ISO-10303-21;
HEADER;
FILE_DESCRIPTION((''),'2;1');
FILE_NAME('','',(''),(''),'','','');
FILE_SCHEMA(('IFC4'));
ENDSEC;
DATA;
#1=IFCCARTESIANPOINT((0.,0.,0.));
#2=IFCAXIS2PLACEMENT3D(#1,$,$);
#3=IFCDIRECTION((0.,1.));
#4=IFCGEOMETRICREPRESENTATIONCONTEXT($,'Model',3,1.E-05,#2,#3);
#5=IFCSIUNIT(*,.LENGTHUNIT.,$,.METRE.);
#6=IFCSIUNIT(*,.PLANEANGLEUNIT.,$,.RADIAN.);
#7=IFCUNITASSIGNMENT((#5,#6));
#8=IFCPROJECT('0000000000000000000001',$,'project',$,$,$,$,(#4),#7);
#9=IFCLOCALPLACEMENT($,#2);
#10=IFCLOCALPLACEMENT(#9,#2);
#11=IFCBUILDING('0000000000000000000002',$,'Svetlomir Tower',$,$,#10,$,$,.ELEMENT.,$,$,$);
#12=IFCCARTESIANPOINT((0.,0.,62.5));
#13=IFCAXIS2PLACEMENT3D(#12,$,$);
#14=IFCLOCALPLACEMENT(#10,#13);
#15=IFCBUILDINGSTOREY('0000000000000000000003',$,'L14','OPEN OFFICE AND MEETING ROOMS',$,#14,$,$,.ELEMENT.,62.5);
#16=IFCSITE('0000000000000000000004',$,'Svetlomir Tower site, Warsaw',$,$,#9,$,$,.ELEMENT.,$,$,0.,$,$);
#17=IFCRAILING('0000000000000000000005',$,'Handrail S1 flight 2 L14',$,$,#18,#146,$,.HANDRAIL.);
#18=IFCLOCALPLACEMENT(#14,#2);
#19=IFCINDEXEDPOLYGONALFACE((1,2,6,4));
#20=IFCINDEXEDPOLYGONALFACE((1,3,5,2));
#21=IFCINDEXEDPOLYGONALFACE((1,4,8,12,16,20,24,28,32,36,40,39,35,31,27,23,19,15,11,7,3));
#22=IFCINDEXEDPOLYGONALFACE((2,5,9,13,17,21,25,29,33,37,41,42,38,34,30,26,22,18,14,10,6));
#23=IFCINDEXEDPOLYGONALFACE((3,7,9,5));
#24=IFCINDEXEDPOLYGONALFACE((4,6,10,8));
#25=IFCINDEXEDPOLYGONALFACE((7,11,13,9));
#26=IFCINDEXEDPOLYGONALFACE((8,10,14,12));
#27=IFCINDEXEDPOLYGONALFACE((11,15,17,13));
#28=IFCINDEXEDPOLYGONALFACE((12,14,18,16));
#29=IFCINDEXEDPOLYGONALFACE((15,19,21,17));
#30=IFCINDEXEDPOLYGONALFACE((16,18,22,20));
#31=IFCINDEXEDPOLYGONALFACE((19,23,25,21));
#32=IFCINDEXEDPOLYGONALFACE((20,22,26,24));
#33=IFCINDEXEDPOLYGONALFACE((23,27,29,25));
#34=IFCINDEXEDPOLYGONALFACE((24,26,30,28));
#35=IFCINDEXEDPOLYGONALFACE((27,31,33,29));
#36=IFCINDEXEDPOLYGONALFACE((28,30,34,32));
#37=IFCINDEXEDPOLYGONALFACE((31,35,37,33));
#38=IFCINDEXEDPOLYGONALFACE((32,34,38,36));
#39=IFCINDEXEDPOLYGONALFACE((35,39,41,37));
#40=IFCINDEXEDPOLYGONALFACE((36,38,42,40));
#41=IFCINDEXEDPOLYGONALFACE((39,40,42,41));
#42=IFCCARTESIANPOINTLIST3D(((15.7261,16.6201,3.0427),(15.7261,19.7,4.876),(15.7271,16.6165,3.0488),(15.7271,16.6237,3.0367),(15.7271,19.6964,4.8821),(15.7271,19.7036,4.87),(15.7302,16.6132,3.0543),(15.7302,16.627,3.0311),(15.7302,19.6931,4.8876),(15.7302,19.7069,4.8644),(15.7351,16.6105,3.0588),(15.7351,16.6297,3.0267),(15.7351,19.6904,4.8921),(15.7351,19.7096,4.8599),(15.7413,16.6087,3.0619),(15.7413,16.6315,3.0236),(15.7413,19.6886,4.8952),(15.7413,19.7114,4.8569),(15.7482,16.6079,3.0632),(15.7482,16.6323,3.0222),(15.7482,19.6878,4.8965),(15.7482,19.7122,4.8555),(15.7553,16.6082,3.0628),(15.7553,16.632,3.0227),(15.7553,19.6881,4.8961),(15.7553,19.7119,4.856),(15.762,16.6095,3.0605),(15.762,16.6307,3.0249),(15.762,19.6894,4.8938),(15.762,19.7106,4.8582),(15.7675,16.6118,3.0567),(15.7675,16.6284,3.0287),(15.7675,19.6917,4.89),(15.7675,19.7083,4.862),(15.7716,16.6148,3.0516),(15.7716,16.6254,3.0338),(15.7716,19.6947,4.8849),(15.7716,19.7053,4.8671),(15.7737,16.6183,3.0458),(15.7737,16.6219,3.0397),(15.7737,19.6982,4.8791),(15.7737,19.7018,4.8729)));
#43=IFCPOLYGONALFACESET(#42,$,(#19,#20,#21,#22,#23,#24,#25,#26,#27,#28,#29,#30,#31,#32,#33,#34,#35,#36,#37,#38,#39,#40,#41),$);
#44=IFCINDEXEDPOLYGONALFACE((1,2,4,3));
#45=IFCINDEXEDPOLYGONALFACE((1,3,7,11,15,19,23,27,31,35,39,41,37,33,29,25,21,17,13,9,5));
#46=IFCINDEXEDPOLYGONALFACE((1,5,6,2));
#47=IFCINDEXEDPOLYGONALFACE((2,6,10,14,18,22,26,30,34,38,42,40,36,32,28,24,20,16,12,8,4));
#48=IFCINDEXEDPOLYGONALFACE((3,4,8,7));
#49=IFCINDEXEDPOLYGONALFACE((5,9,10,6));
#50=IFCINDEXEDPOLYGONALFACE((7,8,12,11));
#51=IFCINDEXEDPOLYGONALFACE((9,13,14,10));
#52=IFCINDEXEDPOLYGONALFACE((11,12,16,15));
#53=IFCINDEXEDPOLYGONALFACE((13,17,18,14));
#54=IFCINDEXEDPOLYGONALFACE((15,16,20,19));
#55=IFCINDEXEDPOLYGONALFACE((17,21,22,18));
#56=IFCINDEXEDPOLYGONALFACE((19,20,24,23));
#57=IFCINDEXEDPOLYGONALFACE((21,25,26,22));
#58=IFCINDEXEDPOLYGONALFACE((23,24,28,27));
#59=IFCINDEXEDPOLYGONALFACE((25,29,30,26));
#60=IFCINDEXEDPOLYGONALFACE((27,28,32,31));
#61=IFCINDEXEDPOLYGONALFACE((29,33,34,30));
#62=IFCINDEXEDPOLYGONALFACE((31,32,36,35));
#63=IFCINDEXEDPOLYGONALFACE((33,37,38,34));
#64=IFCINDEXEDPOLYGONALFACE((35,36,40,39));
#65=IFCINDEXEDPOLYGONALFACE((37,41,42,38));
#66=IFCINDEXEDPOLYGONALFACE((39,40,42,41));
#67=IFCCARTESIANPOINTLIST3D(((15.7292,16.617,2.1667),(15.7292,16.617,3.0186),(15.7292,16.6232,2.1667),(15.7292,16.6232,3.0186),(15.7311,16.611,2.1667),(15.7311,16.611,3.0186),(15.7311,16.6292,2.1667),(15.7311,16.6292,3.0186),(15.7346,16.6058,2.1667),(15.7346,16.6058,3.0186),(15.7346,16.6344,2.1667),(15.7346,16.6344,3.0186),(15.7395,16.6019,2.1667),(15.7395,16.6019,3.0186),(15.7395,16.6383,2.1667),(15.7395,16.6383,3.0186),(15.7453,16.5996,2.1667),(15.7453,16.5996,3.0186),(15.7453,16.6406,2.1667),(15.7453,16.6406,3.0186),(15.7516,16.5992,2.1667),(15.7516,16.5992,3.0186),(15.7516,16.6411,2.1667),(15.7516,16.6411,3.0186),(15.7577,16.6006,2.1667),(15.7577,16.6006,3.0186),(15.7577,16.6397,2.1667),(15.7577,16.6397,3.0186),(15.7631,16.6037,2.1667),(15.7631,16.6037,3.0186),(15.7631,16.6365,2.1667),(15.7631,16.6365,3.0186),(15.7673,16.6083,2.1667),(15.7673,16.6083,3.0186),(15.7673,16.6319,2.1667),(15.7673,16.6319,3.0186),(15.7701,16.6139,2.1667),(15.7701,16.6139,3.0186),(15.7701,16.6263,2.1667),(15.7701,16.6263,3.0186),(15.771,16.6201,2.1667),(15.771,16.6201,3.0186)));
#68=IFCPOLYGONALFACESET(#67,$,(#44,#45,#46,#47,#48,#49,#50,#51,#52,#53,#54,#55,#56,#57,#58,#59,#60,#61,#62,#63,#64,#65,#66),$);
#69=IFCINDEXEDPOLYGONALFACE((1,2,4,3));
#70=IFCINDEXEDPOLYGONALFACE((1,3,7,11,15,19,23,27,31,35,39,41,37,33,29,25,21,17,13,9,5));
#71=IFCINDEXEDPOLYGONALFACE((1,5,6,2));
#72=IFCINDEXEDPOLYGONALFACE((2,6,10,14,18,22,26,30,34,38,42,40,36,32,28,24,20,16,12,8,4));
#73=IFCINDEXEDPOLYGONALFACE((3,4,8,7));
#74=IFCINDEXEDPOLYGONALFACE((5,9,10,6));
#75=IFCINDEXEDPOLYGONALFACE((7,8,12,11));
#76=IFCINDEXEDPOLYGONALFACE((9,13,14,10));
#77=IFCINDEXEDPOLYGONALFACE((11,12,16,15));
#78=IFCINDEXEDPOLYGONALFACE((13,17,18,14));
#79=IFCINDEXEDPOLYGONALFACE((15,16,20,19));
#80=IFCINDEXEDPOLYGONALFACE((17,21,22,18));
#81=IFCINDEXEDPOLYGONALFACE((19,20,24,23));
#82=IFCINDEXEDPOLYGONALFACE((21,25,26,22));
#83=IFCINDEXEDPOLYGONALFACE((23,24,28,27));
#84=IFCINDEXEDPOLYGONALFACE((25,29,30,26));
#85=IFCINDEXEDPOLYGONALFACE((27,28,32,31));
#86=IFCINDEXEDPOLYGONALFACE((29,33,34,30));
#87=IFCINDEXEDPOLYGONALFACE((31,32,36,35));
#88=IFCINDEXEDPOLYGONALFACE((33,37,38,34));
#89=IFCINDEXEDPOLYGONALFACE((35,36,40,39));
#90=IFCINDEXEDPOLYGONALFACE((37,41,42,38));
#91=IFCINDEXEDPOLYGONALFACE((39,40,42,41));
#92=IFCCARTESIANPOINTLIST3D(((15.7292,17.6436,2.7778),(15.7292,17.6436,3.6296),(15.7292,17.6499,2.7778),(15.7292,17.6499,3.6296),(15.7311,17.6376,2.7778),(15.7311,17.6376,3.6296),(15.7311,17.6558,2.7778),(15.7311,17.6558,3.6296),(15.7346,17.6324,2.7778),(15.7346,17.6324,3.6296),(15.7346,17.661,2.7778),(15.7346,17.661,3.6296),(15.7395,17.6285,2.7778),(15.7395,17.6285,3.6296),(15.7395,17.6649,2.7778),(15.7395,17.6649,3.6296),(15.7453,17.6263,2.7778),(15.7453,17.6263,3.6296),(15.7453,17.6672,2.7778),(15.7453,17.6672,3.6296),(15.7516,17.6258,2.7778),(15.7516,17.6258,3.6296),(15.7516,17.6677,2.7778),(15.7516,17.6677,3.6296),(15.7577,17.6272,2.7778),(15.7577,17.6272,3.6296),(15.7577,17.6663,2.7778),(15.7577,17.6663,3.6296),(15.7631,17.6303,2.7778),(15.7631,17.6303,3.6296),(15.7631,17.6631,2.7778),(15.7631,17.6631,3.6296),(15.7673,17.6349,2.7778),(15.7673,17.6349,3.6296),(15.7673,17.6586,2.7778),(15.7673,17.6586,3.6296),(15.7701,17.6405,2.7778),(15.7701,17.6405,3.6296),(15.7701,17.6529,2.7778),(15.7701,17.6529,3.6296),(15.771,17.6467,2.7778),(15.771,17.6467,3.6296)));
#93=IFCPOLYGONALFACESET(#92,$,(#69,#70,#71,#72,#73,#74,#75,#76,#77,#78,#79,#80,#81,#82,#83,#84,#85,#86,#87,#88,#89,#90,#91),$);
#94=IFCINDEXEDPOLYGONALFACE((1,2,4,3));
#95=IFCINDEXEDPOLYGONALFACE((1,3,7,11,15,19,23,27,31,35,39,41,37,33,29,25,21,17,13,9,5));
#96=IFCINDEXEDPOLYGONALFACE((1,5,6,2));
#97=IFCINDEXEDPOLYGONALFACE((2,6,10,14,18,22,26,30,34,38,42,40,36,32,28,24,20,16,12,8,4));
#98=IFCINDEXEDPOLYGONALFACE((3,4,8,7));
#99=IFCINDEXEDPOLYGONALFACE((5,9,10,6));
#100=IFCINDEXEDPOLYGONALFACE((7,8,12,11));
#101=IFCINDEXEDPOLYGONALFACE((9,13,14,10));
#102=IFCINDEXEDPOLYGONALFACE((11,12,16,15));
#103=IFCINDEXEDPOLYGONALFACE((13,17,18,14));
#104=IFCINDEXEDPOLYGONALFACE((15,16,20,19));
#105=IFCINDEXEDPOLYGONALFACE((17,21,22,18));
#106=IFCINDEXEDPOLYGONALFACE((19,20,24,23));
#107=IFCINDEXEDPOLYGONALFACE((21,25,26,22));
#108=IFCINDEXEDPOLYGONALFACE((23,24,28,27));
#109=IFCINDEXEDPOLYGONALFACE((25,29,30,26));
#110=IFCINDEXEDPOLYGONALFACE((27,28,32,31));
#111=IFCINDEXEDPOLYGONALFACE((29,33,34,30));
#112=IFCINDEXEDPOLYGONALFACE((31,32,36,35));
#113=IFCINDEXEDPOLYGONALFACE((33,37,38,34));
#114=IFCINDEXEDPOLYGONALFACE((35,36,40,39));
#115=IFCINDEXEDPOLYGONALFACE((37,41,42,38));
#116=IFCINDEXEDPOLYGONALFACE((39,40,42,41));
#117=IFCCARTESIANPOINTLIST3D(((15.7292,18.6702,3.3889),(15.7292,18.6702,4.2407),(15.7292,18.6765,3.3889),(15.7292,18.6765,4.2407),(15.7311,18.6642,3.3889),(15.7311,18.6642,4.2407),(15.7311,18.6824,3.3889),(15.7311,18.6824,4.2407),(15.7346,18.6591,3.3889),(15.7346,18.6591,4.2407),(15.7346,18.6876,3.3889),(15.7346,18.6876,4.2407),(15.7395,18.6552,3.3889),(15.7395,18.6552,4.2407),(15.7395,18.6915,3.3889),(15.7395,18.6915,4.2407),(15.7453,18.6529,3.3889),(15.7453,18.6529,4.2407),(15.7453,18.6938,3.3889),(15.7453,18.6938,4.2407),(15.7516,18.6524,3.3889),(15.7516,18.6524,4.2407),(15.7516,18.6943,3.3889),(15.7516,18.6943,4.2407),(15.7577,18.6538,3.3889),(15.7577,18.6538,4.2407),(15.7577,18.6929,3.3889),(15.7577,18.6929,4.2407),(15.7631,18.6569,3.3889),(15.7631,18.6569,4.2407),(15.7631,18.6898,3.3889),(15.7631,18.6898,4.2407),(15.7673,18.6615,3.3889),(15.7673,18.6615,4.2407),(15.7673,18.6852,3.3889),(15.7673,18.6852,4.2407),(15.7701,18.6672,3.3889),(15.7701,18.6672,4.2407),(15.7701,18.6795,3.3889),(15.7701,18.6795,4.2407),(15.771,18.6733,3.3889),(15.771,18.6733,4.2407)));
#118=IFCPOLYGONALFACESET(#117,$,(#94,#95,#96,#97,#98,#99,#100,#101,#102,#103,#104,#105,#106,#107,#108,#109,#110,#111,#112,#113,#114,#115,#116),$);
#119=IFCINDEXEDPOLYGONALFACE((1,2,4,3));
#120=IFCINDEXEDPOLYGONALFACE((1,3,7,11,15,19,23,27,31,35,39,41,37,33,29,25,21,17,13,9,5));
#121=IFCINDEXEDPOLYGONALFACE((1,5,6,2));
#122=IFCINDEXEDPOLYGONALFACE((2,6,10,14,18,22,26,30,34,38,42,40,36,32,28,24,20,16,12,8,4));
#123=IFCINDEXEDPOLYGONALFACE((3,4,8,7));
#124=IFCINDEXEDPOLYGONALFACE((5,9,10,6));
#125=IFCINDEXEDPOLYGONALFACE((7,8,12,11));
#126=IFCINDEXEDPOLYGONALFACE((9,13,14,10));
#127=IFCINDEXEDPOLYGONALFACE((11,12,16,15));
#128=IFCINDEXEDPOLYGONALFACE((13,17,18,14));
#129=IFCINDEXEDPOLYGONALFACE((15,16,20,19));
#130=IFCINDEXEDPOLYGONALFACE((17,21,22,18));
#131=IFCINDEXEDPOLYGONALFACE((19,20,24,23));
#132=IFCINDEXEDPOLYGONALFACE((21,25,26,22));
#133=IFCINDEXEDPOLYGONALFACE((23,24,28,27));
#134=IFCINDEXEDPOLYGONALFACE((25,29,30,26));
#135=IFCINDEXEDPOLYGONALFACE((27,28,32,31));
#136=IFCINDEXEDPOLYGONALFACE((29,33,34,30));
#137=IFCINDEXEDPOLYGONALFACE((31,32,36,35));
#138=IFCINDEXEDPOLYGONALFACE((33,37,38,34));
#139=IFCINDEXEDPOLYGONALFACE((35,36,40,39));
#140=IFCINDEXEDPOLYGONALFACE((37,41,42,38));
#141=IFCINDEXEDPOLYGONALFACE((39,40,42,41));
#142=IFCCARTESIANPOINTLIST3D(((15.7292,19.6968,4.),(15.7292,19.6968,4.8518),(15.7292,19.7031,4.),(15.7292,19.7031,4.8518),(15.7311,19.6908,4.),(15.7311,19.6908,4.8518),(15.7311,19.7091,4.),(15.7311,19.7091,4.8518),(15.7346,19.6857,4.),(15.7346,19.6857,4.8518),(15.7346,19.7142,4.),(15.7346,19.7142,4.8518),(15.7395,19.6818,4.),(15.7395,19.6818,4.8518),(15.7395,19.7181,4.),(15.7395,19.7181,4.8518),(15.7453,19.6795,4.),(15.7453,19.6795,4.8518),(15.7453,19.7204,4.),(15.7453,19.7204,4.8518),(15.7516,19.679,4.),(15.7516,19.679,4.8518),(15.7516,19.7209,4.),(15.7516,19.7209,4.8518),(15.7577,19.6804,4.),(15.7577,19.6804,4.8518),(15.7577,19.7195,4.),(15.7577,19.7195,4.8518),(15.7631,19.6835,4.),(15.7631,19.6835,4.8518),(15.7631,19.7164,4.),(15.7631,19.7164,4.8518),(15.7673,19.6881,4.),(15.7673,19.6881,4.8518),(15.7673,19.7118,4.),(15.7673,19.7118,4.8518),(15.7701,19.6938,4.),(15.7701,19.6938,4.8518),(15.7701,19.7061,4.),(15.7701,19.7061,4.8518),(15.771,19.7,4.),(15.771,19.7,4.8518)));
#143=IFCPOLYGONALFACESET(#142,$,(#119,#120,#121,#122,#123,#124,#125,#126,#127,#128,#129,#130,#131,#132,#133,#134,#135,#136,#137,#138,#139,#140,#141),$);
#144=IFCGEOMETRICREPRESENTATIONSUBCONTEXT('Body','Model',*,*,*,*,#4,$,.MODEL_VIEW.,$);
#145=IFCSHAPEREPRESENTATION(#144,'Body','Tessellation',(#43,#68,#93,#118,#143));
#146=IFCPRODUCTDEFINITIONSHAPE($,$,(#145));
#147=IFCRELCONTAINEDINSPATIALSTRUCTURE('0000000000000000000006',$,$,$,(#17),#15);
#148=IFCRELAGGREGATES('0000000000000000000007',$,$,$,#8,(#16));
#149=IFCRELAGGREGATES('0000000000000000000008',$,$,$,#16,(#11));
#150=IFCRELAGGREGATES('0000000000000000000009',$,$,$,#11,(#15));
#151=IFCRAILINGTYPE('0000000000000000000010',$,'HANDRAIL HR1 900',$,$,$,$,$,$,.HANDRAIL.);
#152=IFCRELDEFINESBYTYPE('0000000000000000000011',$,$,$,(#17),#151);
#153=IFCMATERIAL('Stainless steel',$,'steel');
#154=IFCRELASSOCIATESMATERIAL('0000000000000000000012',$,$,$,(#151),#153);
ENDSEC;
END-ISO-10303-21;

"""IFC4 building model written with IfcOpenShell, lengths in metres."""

from ifc_helpers import new_model, si_unit, direction, frame, origin, origin_2d, place, context, subcontext, project, spatial, circle, extrude, material, type_object, element, save


model = new_model("IFC4")

# Units and contexts
model_context = context("Model", 3, precision=1e-05, world=origin(), true_north=direction((0.0, 1.0)))
body_context = subcontext(model_context, "Body", "Model", "MODEL_VIEW")
ifc_project = project(units=[si_unit("LENGTHUNIT", "METRE"), si_unit("PLANEANGLEUNIT", "RADIAN")], contexts=[model_context])

# Site, building, storey
site_placement = place(None, origin())
site = spatial("IfcSite", under=ifc_project, at=site_placement, Name="Svetlomir Tower site, Warsaw", CompositionType="ELEMENT", RefElevation=0.0)
building_placement = place(site_placement, origin())
building = spatial("IfcBuilding", under=site, at=building_placement, Name="Svetlomir Tower", CompositionType="ELEMENT")
storey_placement = place(building_placement, frame((0.0, 0.0, 62.5)))
storey = spatial("IfcBuildingStorey", under=building, at=storey_placement, Name="L14", Description="OPEN OFFICE AND MEETING ROOMS", CompositionType="ELEMENT", Elevation=62.5)

# Railing
ifc_material_1 = material(Name="Stainless steel", Category="steel")
railing_type = type_object("IfcRailingType", Name="HANDRAIL HR1 900", PredefinedType="HANDRAIL", material=ifc_material_1)
railing_placement = place(storey_placement, frame((15.75, 16.6201, 2.1667)))
element("IfcRailing", 1, at=railing_placement, inside=storey, type_object=railing_type, Name="Handrail S1 flight 2 L14", PredefinedType="HANDRAIL", context=body_context, shape_type="SweptSolid", body=[
    extrude(circle(Radius=0.0239, at=origin_2d()), frame((0.0, 0.0, 0.876), z_axis=(0.0, 0.859291, 0.511487), x_axis=(-1.0, 0.0, 0.0)), (0.0, 0.0, 1.0), 3.5842),
    extrude(circle(Radius=0.021, at=origin_2d()), origin(), (0.0, 0.0, 1.0), 0.8518),
    extrude(circle(Radius=0.021, at=origin_2d()), frame((0.0, 1.0266, 0.6111)), (0.0, 0.0, 1.0), 0.8518),
    extrude(circle(Radius=0.021, at=origin_2d()), frame((0.0, 2.0532, 1.2222)), (0.0, 0.0, 1.0), 0.8518),
    extrude(circle(Radius=0.021, at=origin_2d()), frame((0.0, 3.0798, 1.8333)), (0.0, 0.0, 1.0), 0.8518),
])

save(model, "model.ifc")
